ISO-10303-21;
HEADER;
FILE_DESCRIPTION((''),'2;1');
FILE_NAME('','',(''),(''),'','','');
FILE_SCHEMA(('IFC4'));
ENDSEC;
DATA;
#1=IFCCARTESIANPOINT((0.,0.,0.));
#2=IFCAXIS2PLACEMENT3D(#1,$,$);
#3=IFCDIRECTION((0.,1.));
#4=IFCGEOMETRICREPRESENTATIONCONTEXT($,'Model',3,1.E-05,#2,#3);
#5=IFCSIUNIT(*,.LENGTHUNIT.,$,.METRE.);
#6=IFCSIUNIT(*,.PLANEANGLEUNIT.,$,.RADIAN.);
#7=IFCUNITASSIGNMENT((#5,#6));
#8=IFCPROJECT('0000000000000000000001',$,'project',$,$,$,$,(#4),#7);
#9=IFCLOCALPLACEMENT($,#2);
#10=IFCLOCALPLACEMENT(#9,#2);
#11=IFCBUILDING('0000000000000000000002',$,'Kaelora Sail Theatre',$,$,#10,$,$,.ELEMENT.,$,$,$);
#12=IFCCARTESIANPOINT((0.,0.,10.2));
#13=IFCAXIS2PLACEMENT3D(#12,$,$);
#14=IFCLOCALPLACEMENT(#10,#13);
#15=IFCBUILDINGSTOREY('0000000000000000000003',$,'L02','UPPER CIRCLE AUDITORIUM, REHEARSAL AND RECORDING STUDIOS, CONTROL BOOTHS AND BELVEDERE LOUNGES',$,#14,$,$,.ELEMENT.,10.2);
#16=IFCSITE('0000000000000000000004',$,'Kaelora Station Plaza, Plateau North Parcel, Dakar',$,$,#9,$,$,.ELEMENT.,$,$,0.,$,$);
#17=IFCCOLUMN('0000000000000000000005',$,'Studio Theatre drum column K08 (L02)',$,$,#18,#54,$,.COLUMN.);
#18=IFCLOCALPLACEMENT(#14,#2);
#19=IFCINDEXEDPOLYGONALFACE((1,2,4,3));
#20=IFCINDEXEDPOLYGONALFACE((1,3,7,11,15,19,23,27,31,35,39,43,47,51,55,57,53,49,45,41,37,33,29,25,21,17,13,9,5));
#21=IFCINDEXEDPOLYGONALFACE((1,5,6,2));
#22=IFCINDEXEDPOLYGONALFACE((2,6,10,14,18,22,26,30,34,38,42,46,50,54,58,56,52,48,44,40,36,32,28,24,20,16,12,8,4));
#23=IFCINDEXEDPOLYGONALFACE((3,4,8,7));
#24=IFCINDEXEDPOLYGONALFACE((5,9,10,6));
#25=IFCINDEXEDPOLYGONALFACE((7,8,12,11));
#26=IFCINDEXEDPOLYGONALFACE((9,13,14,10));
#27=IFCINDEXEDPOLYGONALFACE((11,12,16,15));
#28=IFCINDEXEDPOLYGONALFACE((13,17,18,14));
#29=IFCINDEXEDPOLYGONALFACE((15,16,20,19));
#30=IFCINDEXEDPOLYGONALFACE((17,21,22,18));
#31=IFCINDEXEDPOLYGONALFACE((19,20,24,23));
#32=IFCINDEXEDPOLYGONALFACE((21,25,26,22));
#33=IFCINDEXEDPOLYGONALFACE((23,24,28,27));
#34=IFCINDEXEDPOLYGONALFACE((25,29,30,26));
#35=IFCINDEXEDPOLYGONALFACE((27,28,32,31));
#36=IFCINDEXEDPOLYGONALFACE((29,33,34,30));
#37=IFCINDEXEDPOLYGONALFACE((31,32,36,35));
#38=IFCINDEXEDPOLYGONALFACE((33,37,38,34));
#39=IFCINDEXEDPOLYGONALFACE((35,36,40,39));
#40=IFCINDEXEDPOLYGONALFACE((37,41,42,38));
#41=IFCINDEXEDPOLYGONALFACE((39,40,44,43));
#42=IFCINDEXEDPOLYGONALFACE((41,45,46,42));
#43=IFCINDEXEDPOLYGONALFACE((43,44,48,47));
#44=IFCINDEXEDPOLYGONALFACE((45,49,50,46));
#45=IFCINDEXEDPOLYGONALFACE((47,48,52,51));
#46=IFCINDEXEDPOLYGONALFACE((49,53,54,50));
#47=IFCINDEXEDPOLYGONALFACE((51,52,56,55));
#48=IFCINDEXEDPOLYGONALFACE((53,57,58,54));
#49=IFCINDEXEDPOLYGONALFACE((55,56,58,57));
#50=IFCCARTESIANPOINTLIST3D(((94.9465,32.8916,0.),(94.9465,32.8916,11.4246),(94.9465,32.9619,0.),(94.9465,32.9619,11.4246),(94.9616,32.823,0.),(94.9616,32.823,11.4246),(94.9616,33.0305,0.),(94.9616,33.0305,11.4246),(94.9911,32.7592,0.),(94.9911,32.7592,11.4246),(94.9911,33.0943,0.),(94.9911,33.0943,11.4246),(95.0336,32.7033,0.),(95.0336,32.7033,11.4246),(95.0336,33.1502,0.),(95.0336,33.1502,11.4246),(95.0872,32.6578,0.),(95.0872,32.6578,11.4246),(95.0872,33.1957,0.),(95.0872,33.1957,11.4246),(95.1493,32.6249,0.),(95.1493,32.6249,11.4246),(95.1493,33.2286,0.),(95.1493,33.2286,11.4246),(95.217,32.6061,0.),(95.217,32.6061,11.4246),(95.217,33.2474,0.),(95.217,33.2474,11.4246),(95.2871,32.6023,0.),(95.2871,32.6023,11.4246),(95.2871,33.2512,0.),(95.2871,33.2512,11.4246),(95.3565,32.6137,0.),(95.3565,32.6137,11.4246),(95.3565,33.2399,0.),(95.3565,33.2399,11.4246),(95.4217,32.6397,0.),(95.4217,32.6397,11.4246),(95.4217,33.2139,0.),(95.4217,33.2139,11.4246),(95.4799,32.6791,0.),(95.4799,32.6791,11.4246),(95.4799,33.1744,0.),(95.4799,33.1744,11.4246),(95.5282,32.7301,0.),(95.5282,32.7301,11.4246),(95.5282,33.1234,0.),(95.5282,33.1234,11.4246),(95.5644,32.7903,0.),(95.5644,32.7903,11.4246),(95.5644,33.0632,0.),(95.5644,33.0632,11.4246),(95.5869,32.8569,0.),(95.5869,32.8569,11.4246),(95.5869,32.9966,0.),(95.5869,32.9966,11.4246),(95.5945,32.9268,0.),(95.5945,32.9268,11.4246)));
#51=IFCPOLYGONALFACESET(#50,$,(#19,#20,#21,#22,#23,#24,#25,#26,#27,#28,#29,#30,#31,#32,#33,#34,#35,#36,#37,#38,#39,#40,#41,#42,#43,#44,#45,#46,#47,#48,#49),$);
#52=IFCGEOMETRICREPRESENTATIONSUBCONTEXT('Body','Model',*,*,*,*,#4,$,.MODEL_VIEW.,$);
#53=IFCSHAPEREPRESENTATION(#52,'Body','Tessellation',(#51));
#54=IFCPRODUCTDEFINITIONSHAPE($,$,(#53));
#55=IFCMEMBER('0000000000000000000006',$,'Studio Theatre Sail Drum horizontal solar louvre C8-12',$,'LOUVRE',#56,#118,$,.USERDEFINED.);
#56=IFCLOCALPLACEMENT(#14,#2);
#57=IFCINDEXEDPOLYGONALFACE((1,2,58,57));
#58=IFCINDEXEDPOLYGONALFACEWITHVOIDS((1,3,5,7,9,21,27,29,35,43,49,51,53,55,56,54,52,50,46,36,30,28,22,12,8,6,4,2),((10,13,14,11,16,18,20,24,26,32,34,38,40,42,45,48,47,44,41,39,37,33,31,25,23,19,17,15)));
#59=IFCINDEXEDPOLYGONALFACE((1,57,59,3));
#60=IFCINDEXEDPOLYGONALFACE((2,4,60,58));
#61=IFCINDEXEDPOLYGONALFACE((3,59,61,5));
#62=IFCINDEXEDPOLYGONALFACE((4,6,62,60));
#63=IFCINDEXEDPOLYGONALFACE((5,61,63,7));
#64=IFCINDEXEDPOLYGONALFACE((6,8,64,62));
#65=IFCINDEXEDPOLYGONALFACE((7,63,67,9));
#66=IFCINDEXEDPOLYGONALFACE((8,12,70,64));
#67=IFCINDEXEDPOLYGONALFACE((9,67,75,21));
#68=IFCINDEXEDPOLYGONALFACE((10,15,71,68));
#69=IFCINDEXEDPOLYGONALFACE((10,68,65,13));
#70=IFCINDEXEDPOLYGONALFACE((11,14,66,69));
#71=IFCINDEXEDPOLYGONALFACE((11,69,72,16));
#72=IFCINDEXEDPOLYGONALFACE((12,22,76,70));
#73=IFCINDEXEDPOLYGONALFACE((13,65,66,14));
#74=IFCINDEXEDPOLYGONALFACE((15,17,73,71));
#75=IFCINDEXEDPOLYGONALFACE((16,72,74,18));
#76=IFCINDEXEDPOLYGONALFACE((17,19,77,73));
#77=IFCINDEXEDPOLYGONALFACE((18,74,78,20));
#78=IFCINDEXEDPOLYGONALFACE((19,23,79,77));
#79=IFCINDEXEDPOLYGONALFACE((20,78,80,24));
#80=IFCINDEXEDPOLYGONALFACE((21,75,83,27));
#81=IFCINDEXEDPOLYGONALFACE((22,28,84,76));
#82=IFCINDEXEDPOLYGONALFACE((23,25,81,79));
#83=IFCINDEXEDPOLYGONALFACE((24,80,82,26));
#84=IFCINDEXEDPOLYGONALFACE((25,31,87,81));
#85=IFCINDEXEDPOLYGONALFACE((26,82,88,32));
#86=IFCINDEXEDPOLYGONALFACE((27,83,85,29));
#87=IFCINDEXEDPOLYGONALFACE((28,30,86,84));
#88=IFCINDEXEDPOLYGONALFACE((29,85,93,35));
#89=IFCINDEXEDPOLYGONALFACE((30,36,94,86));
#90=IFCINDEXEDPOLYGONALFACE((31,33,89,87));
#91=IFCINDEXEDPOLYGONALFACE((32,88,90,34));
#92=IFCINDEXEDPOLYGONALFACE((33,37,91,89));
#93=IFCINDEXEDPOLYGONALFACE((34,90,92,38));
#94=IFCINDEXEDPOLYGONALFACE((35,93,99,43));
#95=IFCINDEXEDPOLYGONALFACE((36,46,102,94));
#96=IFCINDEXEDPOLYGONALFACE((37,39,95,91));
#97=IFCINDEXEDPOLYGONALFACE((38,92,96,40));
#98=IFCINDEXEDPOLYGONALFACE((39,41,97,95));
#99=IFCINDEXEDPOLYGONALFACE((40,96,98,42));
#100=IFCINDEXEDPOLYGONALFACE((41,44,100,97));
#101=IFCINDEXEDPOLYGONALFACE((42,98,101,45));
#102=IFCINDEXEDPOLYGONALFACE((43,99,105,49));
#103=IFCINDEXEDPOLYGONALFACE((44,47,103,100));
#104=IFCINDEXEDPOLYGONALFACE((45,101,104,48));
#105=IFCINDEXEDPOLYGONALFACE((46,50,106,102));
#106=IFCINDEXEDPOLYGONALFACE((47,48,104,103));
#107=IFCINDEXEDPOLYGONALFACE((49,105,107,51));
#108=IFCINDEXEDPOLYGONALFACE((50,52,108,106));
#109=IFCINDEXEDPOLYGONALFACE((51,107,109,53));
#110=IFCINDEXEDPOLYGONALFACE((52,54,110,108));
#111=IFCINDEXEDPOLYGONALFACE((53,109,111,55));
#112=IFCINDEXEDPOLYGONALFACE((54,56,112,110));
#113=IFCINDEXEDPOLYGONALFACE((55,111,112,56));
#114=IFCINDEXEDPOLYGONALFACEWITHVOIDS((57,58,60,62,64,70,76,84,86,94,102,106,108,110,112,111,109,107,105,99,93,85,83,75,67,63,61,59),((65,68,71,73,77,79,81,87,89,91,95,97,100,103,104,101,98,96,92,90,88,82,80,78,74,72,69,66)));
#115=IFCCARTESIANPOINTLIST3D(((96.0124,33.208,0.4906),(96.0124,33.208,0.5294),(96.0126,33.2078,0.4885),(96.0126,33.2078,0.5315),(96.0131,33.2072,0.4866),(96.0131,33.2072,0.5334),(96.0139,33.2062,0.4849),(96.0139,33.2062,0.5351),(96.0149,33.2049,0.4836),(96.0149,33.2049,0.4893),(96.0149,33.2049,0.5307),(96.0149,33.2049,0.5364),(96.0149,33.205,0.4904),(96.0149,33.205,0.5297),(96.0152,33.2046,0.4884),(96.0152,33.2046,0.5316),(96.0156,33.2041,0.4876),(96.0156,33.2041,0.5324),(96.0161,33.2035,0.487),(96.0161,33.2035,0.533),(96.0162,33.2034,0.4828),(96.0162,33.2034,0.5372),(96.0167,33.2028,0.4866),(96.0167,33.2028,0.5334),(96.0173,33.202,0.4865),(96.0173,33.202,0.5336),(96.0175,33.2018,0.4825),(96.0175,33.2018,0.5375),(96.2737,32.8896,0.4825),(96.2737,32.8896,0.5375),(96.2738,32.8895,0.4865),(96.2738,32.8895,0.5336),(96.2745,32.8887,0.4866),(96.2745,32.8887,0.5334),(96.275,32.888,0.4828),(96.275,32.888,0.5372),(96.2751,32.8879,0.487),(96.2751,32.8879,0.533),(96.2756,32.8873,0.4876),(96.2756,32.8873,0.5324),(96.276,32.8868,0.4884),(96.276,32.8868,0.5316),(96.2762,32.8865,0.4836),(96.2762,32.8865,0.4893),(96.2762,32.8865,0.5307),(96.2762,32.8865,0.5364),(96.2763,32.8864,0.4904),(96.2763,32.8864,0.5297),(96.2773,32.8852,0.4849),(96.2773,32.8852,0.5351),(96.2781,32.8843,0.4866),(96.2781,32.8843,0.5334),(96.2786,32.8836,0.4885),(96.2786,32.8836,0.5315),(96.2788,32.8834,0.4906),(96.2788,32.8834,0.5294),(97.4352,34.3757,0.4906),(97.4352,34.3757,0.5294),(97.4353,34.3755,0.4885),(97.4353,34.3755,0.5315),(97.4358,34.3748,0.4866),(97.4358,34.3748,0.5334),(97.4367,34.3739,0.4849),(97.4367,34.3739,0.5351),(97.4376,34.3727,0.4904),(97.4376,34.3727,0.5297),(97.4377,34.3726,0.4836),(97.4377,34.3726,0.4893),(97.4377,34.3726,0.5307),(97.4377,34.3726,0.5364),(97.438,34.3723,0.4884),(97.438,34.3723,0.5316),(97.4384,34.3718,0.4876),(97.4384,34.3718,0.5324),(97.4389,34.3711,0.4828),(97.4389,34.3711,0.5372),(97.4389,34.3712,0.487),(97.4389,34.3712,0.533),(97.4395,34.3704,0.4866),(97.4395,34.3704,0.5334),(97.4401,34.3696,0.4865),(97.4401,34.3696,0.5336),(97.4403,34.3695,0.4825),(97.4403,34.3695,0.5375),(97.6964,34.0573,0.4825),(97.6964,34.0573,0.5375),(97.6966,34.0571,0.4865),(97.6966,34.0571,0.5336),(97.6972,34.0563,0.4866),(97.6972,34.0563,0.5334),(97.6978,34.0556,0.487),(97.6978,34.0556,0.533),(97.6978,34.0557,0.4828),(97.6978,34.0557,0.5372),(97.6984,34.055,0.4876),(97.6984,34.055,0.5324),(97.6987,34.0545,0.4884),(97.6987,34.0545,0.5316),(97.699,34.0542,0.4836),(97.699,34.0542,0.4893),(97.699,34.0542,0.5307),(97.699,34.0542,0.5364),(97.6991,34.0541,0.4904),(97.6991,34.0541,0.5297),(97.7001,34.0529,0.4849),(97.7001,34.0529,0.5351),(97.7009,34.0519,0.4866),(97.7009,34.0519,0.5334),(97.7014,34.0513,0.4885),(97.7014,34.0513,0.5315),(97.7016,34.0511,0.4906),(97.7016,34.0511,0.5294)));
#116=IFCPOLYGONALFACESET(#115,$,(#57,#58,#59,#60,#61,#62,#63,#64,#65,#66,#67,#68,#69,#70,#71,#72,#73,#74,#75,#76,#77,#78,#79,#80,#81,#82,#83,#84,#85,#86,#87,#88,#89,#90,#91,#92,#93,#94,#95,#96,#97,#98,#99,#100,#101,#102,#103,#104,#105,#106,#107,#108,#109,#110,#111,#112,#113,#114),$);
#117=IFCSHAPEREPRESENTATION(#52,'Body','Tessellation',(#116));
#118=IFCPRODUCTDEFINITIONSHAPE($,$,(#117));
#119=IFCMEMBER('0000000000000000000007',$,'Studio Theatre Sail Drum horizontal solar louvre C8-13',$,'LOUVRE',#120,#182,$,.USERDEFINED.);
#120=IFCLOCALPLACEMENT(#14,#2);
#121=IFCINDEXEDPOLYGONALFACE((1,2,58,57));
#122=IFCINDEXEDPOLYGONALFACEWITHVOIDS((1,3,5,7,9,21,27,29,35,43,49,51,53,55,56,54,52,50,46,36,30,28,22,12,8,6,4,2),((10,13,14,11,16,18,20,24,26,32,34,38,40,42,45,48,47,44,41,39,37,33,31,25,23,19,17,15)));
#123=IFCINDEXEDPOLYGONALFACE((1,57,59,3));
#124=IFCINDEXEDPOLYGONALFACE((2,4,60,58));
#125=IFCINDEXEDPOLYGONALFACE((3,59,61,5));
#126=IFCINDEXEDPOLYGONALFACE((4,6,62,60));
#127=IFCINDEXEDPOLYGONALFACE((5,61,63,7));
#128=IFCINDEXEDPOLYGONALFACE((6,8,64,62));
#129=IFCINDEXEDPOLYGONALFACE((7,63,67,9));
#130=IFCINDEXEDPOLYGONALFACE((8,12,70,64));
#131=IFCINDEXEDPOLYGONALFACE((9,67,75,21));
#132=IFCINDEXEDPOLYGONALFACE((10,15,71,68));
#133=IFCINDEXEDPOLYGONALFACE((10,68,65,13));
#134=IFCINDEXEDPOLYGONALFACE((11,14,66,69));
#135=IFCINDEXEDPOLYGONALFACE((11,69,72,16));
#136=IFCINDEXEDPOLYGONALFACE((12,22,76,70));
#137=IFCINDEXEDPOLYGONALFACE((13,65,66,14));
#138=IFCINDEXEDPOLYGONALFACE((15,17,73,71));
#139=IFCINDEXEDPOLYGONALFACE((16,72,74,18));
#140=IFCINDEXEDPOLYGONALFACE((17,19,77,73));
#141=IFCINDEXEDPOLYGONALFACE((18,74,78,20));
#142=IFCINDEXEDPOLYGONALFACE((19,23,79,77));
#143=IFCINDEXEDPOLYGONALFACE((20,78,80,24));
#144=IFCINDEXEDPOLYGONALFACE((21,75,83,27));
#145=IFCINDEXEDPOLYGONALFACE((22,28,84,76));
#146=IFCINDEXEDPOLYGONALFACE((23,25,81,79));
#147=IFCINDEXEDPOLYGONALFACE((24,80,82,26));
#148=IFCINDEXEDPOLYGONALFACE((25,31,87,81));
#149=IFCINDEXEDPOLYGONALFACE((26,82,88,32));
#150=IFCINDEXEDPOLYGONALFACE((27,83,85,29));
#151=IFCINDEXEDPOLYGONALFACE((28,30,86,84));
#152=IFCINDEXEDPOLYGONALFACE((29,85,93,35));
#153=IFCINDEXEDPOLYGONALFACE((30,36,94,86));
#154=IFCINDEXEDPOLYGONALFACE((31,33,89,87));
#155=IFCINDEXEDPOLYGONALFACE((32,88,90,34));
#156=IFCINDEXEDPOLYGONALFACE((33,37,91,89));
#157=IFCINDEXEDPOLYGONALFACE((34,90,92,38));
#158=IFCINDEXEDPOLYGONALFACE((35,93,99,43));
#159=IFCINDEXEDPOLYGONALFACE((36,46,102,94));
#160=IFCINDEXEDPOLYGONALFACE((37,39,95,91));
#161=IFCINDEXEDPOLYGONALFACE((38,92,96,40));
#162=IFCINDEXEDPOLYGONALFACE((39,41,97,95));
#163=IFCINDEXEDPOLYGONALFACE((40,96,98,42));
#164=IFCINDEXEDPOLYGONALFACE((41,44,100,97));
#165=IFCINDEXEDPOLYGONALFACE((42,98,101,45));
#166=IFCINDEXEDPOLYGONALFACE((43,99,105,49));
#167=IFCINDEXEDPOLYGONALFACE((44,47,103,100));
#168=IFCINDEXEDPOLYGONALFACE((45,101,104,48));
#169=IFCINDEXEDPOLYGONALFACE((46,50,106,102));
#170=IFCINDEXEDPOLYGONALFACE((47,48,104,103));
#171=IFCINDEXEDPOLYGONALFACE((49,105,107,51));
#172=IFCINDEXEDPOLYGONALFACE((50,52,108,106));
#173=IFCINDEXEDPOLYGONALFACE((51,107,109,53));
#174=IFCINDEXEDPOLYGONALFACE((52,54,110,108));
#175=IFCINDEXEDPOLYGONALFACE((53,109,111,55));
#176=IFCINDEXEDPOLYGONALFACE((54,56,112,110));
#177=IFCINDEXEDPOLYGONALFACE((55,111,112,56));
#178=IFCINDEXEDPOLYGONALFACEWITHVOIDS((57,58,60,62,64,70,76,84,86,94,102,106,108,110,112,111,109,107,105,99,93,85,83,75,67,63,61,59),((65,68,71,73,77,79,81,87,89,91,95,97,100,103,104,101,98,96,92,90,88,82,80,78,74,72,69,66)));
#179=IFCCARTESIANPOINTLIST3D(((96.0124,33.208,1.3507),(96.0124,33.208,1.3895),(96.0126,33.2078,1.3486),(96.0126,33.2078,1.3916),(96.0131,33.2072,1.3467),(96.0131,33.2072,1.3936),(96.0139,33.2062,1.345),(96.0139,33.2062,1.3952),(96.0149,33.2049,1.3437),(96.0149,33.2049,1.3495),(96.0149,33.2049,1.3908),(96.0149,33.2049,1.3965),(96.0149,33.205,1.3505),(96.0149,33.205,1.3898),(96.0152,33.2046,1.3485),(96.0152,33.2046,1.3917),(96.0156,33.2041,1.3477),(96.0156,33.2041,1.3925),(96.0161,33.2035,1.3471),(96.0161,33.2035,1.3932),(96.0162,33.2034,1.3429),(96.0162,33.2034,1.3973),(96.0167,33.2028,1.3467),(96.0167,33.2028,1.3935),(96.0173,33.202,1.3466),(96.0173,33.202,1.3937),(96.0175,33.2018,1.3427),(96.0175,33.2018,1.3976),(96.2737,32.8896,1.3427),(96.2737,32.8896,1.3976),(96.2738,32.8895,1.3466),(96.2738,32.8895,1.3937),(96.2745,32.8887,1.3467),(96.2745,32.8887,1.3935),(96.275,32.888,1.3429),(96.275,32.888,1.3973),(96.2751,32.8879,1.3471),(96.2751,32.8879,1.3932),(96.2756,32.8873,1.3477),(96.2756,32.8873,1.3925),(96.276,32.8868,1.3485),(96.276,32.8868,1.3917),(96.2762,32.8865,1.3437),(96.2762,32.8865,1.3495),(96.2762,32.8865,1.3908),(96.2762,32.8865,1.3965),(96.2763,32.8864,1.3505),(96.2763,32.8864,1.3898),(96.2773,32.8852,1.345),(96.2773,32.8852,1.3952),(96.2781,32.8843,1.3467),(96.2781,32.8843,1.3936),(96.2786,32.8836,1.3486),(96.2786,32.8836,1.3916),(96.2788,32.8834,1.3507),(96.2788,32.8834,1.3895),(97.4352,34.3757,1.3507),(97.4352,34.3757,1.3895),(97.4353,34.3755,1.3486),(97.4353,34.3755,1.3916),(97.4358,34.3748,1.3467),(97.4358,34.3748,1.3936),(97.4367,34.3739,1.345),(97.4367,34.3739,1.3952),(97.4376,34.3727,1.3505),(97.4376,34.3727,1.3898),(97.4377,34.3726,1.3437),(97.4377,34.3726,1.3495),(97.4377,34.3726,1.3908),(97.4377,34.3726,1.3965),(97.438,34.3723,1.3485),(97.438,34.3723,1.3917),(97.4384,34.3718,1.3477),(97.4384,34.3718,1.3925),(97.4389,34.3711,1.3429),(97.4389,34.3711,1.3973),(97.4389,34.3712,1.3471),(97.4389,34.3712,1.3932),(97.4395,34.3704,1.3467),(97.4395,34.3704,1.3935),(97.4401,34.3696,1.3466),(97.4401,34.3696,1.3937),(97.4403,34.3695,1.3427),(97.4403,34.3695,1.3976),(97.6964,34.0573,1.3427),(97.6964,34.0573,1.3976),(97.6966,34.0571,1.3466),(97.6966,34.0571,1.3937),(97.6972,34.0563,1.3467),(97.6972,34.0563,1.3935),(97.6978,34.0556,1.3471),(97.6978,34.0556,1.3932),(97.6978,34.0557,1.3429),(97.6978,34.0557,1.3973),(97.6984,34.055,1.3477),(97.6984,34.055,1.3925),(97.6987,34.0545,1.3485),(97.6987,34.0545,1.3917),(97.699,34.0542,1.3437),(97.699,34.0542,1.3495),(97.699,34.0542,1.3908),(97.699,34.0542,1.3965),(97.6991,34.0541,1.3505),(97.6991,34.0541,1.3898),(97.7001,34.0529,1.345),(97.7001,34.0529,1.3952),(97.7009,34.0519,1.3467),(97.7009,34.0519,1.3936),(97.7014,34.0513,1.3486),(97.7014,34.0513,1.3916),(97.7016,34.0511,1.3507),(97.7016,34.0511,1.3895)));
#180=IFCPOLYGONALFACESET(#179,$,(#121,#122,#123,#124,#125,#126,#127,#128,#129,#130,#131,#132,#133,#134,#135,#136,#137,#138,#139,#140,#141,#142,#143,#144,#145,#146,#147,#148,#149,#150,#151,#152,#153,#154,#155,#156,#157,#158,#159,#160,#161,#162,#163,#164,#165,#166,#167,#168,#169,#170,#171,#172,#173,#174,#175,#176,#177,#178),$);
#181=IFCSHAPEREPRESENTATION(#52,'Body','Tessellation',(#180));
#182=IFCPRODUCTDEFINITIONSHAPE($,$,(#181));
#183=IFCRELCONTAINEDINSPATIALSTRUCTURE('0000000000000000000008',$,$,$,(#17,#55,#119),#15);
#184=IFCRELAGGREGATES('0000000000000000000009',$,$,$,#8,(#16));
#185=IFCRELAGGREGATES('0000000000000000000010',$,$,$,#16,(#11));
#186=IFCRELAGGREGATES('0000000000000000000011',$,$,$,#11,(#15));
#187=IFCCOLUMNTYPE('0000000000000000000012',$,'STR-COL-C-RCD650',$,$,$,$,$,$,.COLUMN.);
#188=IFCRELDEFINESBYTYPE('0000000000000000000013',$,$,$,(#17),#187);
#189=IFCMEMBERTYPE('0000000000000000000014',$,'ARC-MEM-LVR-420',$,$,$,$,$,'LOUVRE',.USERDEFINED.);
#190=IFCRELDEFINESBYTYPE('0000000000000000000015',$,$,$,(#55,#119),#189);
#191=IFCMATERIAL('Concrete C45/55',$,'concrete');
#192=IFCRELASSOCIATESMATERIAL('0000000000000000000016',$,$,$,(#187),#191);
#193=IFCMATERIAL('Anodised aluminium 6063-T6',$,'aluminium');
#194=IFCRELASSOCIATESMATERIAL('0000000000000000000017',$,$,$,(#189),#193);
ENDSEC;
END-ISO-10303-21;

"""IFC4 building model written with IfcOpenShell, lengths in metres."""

from ifc_helpers import new_model, si_unit, direction, frame, origin, origin_2d, place, context, subcontext, project, spatial, hollow_rectangle, circle, extrude, material, material_profile, profile_set, type_object, element, save


model = new_model("IFC4")

# Units and contexts
model_context = context("Model", 3, precision=1e-05, world=origin(), true_north=direction((0.0, 1.0)))
body_context = subcontext(model_context, "Body", "Model", "MODEL_VIEW")
ifc_project = project(units=[si_unit("LENGTHUNIT", "METRE"), si_unit("PLANEANGLEUNIT", "RADIAN")], contexts=[model_context])

# Site, building, storey
site_placement = place(None, origin())
site = spatial("IfcSite", under=ifc_project, at=site_placement, Name="Kaelora Station Plaza, Plateau North Parcel, Dakar", CompositionType="ELEMENT", RefElevation=0.0)
building_placement = place(site_placement, origin())
building = spatial("IfcBuilding", under=site, at=building_placement, Name="Kaelora Sail Theatre", CompositionType="ELEMENT")
storey_placement = place(building_placement, frame((0.0, 0.0, 10.2)))
storey = spatial("IfcBuildingStorey", under=building, at=storey_placement, Name="L02", Description="UPPER CIRCLE AUDITORIUM, REHEARSAL AND RECORDING STUDIOS, CONTROL BOOTHS AND BELVEDERE LOUNGES", CompositionType="ELEMENT", Elevation=10.2)

# Column
ifc_material_1 = material(Name="Concrete C45/55", Category="concrete")
ifc_material_profile_1 = material_profile(ifc_material_1, circle(Radius=0.325, at=origin_2d()), Name="RC-CCOL D650")
ifc_profile_set_1 = profile_set([ifc_material_profile_1], Name="Concrete C45/55")
column_type = type_object("IfcColumnType", Name="STR-COL-C-RCD650", PredefinedType="COLUMN", material=ifc_profile_set_1)
column_placement = place(storey_placement, frame((95.2695, 32.9268, 0.0), z_axis=(0.0, 0.0, 1.0), x_axis=(1.0, 0.0, 0.0)))
element("IfcColumn", 1, at=column_placement, inside=storey, type_object=column_type, Name="Studio Theatre drum column K08 (L02)", PredefinedType="COLUMN", context=body_context, shape_type="SweptSolid", body=[
    extrude(circle(Radius=0.325, at=origin_2d()), origin(), (0.0, 0.0, 1.0), 11.4246),
])

# Members
ifc_material_2 = material(Name="Anodised aluminium 6063-T6", Category="aluminium")
ifc_material_profile_2 = material_profile(ifc_material_2, hollow_rectangle(XDim=0.4199, YDim=0.0549, WallThickness=0.0039, InnerFilletRadius=0.0039, OuterFilletRadius=0.0081, at=origin_2d()), Name="LOUVRE 420x55x4")
ifc_profile_set_2 = profile_set([ifc_material_profile_2], Name="Anodised aluminium 6063-T6")
member_type = type_object("IfcMemberType", Name="ARC-MEM-LVR-420", ElementType="LOUVRE", PredefinedType="USERDEFINED", material=ifc_profile_set_2)
for number, where, z_axis, x_axis, name in (
    (2, (97.5684, 34.2134, 0.51), (-0.773005, -0.6344, 0.0), (0.6344, -0.773005, 0.0), "Studio Theatre Sail Drum horizontal solar louvre C8-12"),
    (3, (97.5684, 34.2134, 1.3701), (-0.773005, -0.6344, 0.0), (0.6344, -0.773005, 0.0), "Studio Theatre Sail Drum horizontal solar louvre C8-13"),
):
    element("IfcMember", number, at=place(storey_placement, frame(where, z_axis=z_axis, x_axis=x_axis)), inside=storey, type_object=member_type, Name=name, ObjectType="LOUVRE", PredefinedType="USERDEFINED", context=body_context, shape_type="SweptSolid", body=[
        extrude(hollow_rectangle(XDim=0.4199, YDim=0.0549, WallThickness=0.0039, InnerFilletRadius=0.0039, OuterFilletRadius=0.0081, at=origin_2d()), origin(), (0.0, 0.0, 1.0), 1.8406),
    ])

save(model, "model.ifc")
